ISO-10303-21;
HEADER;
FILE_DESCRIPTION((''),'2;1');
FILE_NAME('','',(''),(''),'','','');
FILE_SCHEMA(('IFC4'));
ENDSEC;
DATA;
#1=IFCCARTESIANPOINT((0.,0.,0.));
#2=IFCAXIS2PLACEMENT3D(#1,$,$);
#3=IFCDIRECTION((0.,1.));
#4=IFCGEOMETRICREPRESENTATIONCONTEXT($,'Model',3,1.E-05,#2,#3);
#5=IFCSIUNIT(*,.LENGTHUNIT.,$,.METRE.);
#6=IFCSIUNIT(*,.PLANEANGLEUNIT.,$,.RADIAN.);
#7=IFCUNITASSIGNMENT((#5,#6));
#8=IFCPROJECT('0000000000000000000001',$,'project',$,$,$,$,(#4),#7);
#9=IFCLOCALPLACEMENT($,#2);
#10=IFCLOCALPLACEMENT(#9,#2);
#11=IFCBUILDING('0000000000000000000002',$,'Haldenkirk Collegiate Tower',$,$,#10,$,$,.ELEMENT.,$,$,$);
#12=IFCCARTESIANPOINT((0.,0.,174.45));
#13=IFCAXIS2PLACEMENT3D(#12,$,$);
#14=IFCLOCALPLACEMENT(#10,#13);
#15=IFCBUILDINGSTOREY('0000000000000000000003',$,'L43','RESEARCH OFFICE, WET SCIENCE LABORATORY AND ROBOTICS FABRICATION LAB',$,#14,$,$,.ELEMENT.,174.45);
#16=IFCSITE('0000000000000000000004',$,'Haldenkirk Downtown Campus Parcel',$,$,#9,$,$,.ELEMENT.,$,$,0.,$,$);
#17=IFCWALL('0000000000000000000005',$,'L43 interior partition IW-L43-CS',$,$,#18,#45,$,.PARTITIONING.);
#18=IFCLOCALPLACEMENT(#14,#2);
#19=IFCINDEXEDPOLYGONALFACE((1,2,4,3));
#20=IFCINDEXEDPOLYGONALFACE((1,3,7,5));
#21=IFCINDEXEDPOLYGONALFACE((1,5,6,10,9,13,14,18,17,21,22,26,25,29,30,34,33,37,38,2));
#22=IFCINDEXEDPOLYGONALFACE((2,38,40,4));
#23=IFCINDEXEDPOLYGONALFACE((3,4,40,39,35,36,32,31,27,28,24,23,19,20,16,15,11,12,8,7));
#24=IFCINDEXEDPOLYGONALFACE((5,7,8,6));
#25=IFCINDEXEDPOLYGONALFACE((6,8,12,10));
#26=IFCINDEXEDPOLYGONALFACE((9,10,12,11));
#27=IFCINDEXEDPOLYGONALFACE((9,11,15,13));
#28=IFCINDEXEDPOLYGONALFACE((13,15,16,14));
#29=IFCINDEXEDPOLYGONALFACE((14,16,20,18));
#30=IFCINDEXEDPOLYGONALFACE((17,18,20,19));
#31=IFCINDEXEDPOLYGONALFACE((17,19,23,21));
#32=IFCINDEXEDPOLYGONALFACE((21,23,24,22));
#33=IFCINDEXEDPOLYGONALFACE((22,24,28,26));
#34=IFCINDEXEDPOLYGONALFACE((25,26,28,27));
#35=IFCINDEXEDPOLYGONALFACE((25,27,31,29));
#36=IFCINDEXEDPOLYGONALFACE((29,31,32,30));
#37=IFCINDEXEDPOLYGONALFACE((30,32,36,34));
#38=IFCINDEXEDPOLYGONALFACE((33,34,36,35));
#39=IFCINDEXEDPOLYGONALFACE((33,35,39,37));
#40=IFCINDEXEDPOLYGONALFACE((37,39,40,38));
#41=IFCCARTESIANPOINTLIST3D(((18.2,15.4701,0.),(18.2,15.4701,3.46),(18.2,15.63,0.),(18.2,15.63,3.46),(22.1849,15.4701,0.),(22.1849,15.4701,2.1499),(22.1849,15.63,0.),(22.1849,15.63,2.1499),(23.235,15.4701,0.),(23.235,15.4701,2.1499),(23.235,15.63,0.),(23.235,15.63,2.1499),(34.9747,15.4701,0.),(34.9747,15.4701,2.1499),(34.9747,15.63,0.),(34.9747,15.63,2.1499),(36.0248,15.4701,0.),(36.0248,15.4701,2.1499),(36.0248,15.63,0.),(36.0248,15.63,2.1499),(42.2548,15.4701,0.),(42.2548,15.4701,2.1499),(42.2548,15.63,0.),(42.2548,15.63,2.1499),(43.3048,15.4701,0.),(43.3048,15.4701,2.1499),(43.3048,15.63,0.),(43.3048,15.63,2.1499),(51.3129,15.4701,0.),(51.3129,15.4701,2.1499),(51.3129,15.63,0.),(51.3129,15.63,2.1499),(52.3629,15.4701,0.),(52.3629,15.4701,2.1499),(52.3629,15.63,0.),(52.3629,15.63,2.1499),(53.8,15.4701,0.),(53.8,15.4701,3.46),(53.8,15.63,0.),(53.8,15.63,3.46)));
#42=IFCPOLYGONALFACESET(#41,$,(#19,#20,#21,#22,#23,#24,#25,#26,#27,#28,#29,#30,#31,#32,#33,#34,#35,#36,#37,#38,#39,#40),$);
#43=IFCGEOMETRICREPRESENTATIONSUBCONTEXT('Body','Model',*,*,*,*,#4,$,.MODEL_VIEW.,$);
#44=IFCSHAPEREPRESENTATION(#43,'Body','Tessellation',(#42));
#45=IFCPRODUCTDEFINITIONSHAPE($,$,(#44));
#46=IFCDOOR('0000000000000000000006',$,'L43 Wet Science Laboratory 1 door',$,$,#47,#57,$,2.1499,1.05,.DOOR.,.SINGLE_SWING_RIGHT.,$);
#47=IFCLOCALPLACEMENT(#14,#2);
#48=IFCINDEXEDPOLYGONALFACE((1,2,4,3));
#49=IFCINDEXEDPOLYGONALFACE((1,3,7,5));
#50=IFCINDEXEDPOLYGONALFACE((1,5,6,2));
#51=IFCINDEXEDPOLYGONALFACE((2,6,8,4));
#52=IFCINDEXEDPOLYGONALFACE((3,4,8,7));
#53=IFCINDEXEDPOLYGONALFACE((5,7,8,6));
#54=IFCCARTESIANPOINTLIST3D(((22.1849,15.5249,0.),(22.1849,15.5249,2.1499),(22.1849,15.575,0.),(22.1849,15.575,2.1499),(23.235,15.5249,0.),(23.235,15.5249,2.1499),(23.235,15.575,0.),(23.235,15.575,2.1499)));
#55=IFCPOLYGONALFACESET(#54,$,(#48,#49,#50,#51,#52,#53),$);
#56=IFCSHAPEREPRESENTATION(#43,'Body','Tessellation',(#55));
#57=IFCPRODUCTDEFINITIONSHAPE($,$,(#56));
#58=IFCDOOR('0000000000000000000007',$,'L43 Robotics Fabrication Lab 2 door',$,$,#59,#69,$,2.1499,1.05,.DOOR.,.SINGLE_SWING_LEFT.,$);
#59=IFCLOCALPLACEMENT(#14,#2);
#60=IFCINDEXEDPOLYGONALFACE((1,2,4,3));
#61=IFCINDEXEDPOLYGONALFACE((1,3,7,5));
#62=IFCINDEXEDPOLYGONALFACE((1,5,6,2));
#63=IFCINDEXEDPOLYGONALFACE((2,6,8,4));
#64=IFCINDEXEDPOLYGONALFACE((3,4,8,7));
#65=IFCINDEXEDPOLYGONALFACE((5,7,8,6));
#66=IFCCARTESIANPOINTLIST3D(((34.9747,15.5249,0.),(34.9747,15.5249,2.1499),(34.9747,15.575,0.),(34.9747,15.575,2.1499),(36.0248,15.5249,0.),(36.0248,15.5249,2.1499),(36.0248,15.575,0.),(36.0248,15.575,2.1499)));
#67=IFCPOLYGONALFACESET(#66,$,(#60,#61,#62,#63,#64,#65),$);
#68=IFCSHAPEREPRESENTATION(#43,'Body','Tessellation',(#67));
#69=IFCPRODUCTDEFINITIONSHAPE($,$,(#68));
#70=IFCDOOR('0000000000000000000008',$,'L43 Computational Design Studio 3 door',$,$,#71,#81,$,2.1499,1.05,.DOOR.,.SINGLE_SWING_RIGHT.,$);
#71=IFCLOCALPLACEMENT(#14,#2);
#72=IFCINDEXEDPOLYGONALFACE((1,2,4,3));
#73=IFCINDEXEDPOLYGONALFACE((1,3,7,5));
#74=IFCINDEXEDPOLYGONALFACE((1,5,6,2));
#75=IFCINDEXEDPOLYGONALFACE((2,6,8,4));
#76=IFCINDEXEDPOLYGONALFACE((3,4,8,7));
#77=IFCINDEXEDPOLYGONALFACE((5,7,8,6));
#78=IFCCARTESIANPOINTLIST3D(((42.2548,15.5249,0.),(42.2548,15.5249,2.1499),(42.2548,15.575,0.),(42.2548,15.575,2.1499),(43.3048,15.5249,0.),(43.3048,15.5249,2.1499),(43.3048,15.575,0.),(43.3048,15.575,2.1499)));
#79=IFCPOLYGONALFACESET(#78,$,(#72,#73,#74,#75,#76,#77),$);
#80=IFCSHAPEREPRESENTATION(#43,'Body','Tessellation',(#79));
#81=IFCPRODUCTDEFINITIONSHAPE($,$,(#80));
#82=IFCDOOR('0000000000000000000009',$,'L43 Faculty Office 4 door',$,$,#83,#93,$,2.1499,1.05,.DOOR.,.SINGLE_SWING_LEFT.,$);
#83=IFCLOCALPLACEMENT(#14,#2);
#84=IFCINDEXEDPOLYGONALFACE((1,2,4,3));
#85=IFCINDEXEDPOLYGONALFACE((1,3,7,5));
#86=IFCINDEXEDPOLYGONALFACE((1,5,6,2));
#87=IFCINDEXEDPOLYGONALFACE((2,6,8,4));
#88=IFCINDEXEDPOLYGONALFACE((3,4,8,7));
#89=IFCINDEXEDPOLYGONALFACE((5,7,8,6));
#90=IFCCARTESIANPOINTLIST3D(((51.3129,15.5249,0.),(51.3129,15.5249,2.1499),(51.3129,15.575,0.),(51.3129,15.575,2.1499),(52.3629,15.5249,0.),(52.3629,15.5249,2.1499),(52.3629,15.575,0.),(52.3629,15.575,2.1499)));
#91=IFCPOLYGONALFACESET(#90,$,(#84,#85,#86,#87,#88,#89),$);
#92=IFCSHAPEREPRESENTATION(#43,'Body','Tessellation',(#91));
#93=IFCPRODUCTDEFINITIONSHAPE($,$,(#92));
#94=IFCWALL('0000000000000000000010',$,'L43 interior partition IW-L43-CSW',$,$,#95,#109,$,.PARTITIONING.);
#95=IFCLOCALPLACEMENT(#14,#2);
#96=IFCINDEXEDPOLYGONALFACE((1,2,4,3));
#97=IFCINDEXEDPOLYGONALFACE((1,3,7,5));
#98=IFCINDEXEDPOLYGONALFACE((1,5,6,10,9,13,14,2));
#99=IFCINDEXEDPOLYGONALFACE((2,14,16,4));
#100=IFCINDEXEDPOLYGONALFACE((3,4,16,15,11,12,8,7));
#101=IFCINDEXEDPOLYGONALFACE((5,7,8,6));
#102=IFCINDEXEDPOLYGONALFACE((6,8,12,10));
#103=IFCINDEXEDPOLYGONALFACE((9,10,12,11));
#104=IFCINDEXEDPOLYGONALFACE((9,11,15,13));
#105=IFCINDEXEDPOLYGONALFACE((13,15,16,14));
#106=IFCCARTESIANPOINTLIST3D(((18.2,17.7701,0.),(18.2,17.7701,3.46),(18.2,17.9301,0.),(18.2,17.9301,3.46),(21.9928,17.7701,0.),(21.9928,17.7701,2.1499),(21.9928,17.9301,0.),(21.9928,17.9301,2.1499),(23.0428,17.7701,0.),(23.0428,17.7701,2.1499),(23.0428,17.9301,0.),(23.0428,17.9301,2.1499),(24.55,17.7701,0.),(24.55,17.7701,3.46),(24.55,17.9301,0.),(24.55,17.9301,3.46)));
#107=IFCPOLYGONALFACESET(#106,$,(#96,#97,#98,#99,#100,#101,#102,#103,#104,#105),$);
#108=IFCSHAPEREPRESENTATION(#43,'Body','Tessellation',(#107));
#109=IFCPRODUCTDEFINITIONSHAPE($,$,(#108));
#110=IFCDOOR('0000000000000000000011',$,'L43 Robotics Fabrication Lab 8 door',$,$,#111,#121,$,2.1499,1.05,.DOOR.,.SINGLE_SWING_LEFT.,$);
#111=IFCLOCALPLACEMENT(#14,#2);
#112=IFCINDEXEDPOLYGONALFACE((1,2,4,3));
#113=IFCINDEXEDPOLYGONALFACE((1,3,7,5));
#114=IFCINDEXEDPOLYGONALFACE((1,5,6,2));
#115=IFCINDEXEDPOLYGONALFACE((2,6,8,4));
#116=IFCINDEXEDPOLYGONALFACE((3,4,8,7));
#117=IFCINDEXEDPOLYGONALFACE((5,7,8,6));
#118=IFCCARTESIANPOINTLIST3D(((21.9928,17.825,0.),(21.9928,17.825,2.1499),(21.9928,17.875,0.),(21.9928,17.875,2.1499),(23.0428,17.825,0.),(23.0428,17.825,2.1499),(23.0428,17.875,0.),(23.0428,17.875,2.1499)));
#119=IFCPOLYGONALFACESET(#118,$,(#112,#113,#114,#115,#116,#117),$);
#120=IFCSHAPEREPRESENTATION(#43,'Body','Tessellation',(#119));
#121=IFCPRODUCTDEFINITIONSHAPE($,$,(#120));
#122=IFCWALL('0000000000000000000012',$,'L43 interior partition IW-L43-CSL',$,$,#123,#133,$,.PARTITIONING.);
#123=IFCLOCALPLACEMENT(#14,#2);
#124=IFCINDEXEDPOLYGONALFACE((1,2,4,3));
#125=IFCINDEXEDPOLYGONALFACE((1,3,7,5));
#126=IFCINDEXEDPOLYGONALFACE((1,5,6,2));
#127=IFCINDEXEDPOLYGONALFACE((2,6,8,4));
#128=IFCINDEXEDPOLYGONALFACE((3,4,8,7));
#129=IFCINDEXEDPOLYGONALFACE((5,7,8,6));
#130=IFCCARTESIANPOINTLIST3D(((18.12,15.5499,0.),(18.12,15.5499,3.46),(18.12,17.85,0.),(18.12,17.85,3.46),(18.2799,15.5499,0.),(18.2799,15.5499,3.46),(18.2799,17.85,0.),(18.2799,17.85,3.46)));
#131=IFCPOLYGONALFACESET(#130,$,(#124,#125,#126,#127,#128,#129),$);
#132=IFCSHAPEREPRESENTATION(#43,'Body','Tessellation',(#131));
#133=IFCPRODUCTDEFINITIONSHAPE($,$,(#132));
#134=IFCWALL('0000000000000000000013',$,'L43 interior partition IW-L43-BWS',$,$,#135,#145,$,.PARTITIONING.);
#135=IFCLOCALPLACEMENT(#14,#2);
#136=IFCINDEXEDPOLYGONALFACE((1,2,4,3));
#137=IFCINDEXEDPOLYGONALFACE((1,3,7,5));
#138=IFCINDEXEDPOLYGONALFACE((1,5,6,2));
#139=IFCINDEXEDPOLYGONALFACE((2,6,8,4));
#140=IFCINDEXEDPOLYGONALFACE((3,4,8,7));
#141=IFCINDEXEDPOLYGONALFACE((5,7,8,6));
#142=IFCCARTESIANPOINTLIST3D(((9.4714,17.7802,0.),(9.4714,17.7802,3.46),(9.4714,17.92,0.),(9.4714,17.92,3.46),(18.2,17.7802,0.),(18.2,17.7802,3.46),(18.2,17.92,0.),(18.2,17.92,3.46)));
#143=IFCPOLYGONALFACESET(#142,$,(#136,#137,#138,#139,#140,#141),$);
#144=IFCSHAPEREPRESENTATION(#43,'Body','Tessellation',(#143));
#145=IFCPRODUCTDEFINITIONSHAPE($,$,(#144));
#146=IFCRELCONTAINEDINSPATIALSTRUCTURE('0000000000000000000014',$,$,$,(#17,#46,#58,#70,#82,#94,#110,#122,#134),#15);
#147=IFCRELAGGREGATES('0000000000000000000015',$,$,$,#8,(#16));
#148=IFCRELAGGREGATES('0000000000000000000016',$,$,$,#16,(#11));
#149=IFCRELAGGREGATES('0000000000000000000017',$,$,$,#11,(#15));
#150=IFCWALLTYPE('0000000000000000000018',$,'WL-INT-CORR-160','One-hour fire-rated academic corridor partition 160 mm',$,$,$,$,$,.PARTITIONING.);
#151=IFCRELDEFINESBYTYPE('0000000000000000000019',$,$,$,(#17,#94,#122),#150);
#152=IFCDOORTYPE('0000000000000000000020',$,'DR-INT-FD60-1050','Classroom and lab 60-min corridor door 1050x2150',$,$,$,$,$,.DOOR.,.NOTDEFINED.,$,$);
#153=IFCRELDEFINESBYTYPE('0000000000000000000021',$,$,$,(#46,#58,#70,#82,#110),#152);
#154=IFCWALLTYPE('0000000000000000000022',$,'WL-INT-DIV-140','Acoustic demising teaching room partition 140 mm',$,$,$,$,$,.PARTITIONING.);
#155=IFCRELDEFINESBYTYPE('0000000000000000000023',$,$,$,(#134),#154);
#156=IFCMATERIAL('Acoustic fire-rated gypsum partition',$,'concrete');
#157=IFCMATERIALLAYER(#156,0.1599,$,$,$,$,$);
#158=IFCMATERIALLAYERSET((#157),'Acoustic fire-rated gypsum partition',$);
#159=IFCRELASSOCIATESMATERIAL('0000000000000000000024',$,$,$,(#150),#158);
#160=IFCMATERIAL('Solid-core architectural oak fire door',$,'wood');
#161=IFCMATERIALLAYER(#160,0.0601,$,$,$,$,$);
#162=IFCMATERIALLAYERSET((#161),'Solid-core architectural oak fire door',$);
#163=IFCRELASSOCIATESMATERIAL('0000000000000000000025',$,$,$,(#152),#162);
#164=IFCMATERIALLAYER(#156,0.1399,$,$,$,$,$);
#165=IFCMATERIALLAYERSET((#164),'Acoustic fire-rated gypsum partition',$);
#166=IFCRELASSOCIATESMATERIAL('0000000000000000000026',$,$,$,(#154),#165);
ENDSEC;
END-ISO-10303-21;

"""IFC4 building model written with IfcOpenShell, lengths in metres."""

from ifc_helpers import new_model, si_unit, direction, frame, frame_2d, origin, place, context, subcontext, project, spatial, rectangle, extrude, material, layer, layer_set, type_object, element, fill, save


model = new_model("IFC4")

# Units and contexts
model_context = context("Model", 3, precision=1e-05, world=origin(), true_north=direction((0.0, 1.0)))
body_context = subcontext(model_context, "Body", "Model", "MODEL_VIEW")
ifc_project = project(units=[si_unit("LENGTHUNIT", "METRE"), si_unit("PLANEANGLEUNIT", "RADIAN")], contexts=[model_context])

# Site, building, storey
site_placement = place(None, origin())
site = spatial("IfcSite", under=ifc_project, at=site_placement, Name="Haldenkirk Downtown Campus Parcel", CompositionType="ELEMENT", RefElevation=0.0)
building_placement = place(site_placement, origin())
building = spatial("IfcBuilding", under=site, at=building_placement, Name="Haldenkirk Collegiate Tower", CompositionType="ELEMENT")
storey_placement = place(building_placement, frame((0.0, 0.0, 174.45)))
storey = spatial("IfcBuildingStorey", under=building, at=storey_placement, Name="L43", Description="RESEARCH OFFICE, WET SCIENCE LABORATORY AND ROBOTICS FABRICATION LAB", CompositionType="ELEMENT", Elevation=174.45)

# Wall, openings, doors
ifc_material_1 = material(Name="Acoustic fire-rated gypsum partition", Category="concrete")
ifc_layer_1 = layer(ifc_material_1, 0.1599)
ifc_layer_set_1 = layer_set([ifc_layer_1], Name="Acoustic fire-rated gypsum partition")
wall_type_1 = type_object("IfcWallType", Name="WL-INT-CORR-160", Description="One-hour fire-rated academic corridor partition 160 mm", PredefinedType="PARTITIONING", material=ifc_layer_set_1)
wall_1_placement = place(storey_placement, frame((18.2, 15.55, 0.0), z_axis=(0.0, 0.0, 1.0), x_axis=(1.0, 0.0, 0.0)))
wall_1 = element("IfcWall", 1, at=wall_1_placement, inside=storey, type_object=wall_type_1, Name="L43 interior partition IW-L43-CS", PredefinedType="PARTITIONING", context=body_context, shape_type="SweptSolid", body=[
    extrude(rectangle(XDim=35.6001, YDim=0.1599, at=frame_2d((17.8, 0.0))), origin(), (0.0, 0.0, 1.0), 3.46),
])
opening_1_placement = place(wall_1_placement, frame((3.9851, 0.0, 0.0)))
opening_1 = element("IfcOpeningElement", 2, at=opening_1_placement, cuts=wall_1, PredefinedType="OPENING", context=body_context, shape_type="SweptSolid", body=[
    extrude(rectangle(XDim=1.05, YDim=2.1499, at=frame_2d((0.5249, 1.075))), frame((0.0, 0.0898, 0.0), z_axis=(0.0, -1.0, 0.0), x_axis=(1.0, 0.0, 0.0)), (0.0, 0.0, 1.0), 0.1799),
])
opening_2_placement = place(wall_1_placement, frame((16.7749, 0.0, 0.0)))
opening_2 = element("IfcOpeningElement", 3, at=opening_2_placement, cuts=wall_1, PredefinedType="OPENING", context=body_context, shape_type="SweptSolid", body=[
    extrude(rectangle(XDim=1.05, YDim=2.1499, at=frame_2d((0.5249, 1.075))), frame((0.0, 0.0898, 0.0), z_axis=(0.0, -1.0, 0.0), x_axis=(1.0, 0.0, 0.0)), (0.0, 0.0, 1.0), 0.1799),
])
opening_3_placement = place(wall_1_placement, frame((24.0549, 0.0, 0.0)))
opening_3 = element("IfcOpeningElement", 4, at=opening_3_placement, cuts=wall_1, PredefinedType="OPENING", context=body_context, shape_type="SweptSolid", body=[
    extrude(rectangle(XDim=1.05, YDim=2.1499, at=frame_2d((0.5249, 1.075))), frame((0.0, 0.0898, 0.0), z_axis=(0.0, -1.0, 0.0), x_axis=(1.0, 0.0, 0.0)), (0.0, 0.0, 1.0), 0.1799),
])
opening_4_placement = place(wall_1_placement, frame((33.113, 0.0, 0.0)))
opening_4 = element("IfcOpeningElement", 5, at=opening_4_placement, cuts=wall_1, PredefinedType="OPENING", context=body_context, shape_type="SweptSolid", body=[
    extrude(rectangle(XDim=1.05, YDim=2.1499, at=frame_2d((0.5249, 1.075))), frame((0.0, 0.0898, 0.0), z_axis=(0.0, -1.0, 0.0), x_axis=(1.0, 0.0, 0.0)), (0.0, 0.0, 1.0), 0.1799),
])
ifc_material_2 = material(Name="Solid-core architectural oak fire door", Category="wood")
ifc_layer_2 = layer(ifc_material_2, 0.0601)
ifc_layer_set_2 = layer_set([ifc_layer_2], Name="Solid-core architectural oak fire door")
door_type = type_object("IfcDoorType", Name="DR-INT-FD60-1050", Description="Classroom and lab 60-min corridor door 1050x2150", OperationType="NOTDEFINED", PredefinedType="DOOR", material=ifc_layer_set_2)
door_1_placement = place(opening_1_placement, origin())
door_1 = element("IfcDoor", 6, at=door_1_placement, inside=storey, type_object=door_type, Name="L43 Wet Science Laboratory 1 door", OperationType="SINGLE_SWING_RIGHT", OverallHeight=2.1499, OverallWidth=1.05, PredefinedType="DOOR", context=body_context, shape_type="SweptSolid", body=[
    extrude(rectangle(XDim=1.05, YDim=2.1499, at=frame_2d((0.5249, 1.075))), frame((0.0, 0.0249, 0.0), z_axis=(0.0, -1.0, 0.0), x_axis=(1.0, 0.0, 0.0)), (0.0, 0.0, 1.0), 0.05),
])
fill(opening_1, door_1)
door_2_placement = place(opening_2_placement, origin())
door_2 = element("IfcDoor", 7, at=door_2_placement, inside=storey, type_object=door_type, Name="L43 Robotics Fabrication Lab 2 door", OperationType="SINGLE_SWING_LEFT", OverallHeight=2.1499, OverallWidth=1.05, PredefinedType="DOOR", context=body_context, shape_type="SweptSolid", body=[
    extrude(rectangle(XDim=1.05, YDim=2.1499, at=frame_2d((0.5249, 1.075))), frame((0.0, 0.0249, 0.0), z_axis=(0.0, -1.0, 0.0), x_axis=(1.0, 0.0, 0.0)), (0.0, 0.0, 1.0), 0.05),
])
fill(opening_2, door_2)
door_3_placement = place(opening_3_placement, origin())
door_3 = element("IfcDoor", 8, at=door_3_placement, inside=storey, type_object=door_type, Name="L43 Computational Design Studio 3 door", OperationType="SINGLE_SWING_RIGHT", OverallHeight=2.1499, OverallWidth=1.05, PredefinedType="DOOR", context=body_context, shape_type="SweptSolid", body=[
    extrude(rectangle(XDim=1.05, YDim=2.1499, at=frame_2d((0.5249, 1.075))), frame((0.0, 0.0249, 0.0), z_axis=(0.0, -1.0, 0.0), x_axis=(1.0, 0.0, 0.0)), (0.0, 0.0, 1.0), 0.05),
])
fill(opening_3, door_3)
door_4_placement = place(opening_4_placement, origin())
door_4 = element("IfcDoor", 9, at=door_4_placement, inside=storey, type_object=door_type, Name="L43 Faculty Office 4 door", OperationType="SINGLE_SWING_LEFT", OverallHeight=2.1499, OverallWidth=1.05, PredefinedType="DOOR", context=body_context, shape_type="SweptSolid", body=[
    extrude(rectangle(XDim=1.05, YDim=2.1499, at=frame_2d((0.5249, 1.075))), frame((0.0, 0.0249, 0.0), z_axis=(0.0, -1.0, 0.0), x_axis=(1.0, 0.0, 0.0)), (0.0, 0.0, 1.0), 0.05),
])
fill(opening_4, door_4)

# Wall, opening, door
wall_2_placement = place(storey_placement, frame((18.2, 17.8501, 0.0), z_axis=(0.0, 0.0, 1.0), x_axis=(1.0, 0.0, 0.0)))
wall_2 = element("IfcWall", 10, at=wall_2_placement, inside=storey, type_object=wall_type_1, Name="L43 interior partition IW-L43-CSW", PredefinedType="PARTITIONING", context=body_context, shape_type="SweptSolid", body=[
    extrude(rectangle(XDim=6.3501, YDim=0.1599, at=frame_2d((3.175, 0.0))), origin(), (0.0, 0.0, 1.0), 3.46),
])
opening_5_placement = place(wall_2_placement, frame((3.793, 0.0, 0.0)))
opening_5 = element("IfcOpeningElement", 11, at=opening_5_placement, cuts=wall_2, PredefinedType="OPENING", context=body_context, shape_type="SweptSolid", body=[
    extrude(rectangle(XDim=1.05, YDim=2.1499, at=frame_2d((0.5249, 1.075))), frame((0.0, 0.0898, 0.0), z_axis=(0.0, -1.0, 0.0), x_axis=(1.0, 0.0, 0.0)), (0.0, 0.0, 1.0), 0.1799),
])
door_5_placement = place(opening_5_placement, origin())
door_5 = element("IfcDoor", 12, at=door_5_placement, inside=storey, type_object=door_type, Name="L43 Robotics Fabrication Lab 8 door", OperationType="SINGLE_SWING_LEFT", OverallHeight=2.1499, OverallWidth=1.05, PredefinedType="DOOR", context=body_context, shape_type="SweptSolid", body=[
    extrude(rectangle(XDim=1.05, YDim=2.1499, at=frame_2d((0.5249, 1.075))), frame((0.0, 0.0249, 0.0), z_axis=(0.0, -1.0, 0.0), x_axis=(1.0, 0.0, 0.0)), (0.0, 0.0, 1.0), 0.05),
])
fill(opening_5, door_5)

# Walls
wall_3_placement = place(storey_placement, frame((18.2, 15.55, 0.0), z_axis=(0.0, 0.0, 1.0), x_axis=(0.0, 1.0, 0.0)))
element("IfcWall", 13, at=wall_3_placement, inside=storey, type_object=wall_type_1, Name="L43 interior partition IW-L43-CSL", PredefinedType="PARTITIONING", context=body_context, shape_type="SweptSolid", body=[
    extrude(rectangle(XDim=2.3, YDim=0.1599, at=frame_2d((1.1499, 0.0))), origin(), (0.0, 0.0, 1.0), 3.46),
])
ifc_layer_3 = layer(ifc_material_1, 0.1399)
ifc_layer_set_3 = layer_set([ifc_layer_3], Name="Acoustic fire-rated gypsum partition")
wall_type_2 = type_object("IfcWallType", Name="WL-INT-DIV-140", Description="Acoustic demising teaching room partition 140 mm", PredefinedType="PARTITIONING", material=ifc_layer_set_3)
wall_4_placement = place(storey_placement, frame((9.4714, 17.8501, 0.0), z_axis=(0.0, 0.0, 1.0), x_axis=(1.0, 0.0, 0.0)))
element("IfcWall", 14, at=wall_4_placement, inside=storey, type_object=wall_type_2, Name="L43 interior partition IW-L43-BWS", PredefinedType="PARTITIONING", context=body_context, shape_type="SweptSolid", body=[
    extrude(rectangle(XDim=8.7285, YDim=0.1399, at=frame_2d((4.3643, 0.0))), origin(), (0.0, 0.0, 1.0), 3.46),
])

save(model, "model.ifc")
